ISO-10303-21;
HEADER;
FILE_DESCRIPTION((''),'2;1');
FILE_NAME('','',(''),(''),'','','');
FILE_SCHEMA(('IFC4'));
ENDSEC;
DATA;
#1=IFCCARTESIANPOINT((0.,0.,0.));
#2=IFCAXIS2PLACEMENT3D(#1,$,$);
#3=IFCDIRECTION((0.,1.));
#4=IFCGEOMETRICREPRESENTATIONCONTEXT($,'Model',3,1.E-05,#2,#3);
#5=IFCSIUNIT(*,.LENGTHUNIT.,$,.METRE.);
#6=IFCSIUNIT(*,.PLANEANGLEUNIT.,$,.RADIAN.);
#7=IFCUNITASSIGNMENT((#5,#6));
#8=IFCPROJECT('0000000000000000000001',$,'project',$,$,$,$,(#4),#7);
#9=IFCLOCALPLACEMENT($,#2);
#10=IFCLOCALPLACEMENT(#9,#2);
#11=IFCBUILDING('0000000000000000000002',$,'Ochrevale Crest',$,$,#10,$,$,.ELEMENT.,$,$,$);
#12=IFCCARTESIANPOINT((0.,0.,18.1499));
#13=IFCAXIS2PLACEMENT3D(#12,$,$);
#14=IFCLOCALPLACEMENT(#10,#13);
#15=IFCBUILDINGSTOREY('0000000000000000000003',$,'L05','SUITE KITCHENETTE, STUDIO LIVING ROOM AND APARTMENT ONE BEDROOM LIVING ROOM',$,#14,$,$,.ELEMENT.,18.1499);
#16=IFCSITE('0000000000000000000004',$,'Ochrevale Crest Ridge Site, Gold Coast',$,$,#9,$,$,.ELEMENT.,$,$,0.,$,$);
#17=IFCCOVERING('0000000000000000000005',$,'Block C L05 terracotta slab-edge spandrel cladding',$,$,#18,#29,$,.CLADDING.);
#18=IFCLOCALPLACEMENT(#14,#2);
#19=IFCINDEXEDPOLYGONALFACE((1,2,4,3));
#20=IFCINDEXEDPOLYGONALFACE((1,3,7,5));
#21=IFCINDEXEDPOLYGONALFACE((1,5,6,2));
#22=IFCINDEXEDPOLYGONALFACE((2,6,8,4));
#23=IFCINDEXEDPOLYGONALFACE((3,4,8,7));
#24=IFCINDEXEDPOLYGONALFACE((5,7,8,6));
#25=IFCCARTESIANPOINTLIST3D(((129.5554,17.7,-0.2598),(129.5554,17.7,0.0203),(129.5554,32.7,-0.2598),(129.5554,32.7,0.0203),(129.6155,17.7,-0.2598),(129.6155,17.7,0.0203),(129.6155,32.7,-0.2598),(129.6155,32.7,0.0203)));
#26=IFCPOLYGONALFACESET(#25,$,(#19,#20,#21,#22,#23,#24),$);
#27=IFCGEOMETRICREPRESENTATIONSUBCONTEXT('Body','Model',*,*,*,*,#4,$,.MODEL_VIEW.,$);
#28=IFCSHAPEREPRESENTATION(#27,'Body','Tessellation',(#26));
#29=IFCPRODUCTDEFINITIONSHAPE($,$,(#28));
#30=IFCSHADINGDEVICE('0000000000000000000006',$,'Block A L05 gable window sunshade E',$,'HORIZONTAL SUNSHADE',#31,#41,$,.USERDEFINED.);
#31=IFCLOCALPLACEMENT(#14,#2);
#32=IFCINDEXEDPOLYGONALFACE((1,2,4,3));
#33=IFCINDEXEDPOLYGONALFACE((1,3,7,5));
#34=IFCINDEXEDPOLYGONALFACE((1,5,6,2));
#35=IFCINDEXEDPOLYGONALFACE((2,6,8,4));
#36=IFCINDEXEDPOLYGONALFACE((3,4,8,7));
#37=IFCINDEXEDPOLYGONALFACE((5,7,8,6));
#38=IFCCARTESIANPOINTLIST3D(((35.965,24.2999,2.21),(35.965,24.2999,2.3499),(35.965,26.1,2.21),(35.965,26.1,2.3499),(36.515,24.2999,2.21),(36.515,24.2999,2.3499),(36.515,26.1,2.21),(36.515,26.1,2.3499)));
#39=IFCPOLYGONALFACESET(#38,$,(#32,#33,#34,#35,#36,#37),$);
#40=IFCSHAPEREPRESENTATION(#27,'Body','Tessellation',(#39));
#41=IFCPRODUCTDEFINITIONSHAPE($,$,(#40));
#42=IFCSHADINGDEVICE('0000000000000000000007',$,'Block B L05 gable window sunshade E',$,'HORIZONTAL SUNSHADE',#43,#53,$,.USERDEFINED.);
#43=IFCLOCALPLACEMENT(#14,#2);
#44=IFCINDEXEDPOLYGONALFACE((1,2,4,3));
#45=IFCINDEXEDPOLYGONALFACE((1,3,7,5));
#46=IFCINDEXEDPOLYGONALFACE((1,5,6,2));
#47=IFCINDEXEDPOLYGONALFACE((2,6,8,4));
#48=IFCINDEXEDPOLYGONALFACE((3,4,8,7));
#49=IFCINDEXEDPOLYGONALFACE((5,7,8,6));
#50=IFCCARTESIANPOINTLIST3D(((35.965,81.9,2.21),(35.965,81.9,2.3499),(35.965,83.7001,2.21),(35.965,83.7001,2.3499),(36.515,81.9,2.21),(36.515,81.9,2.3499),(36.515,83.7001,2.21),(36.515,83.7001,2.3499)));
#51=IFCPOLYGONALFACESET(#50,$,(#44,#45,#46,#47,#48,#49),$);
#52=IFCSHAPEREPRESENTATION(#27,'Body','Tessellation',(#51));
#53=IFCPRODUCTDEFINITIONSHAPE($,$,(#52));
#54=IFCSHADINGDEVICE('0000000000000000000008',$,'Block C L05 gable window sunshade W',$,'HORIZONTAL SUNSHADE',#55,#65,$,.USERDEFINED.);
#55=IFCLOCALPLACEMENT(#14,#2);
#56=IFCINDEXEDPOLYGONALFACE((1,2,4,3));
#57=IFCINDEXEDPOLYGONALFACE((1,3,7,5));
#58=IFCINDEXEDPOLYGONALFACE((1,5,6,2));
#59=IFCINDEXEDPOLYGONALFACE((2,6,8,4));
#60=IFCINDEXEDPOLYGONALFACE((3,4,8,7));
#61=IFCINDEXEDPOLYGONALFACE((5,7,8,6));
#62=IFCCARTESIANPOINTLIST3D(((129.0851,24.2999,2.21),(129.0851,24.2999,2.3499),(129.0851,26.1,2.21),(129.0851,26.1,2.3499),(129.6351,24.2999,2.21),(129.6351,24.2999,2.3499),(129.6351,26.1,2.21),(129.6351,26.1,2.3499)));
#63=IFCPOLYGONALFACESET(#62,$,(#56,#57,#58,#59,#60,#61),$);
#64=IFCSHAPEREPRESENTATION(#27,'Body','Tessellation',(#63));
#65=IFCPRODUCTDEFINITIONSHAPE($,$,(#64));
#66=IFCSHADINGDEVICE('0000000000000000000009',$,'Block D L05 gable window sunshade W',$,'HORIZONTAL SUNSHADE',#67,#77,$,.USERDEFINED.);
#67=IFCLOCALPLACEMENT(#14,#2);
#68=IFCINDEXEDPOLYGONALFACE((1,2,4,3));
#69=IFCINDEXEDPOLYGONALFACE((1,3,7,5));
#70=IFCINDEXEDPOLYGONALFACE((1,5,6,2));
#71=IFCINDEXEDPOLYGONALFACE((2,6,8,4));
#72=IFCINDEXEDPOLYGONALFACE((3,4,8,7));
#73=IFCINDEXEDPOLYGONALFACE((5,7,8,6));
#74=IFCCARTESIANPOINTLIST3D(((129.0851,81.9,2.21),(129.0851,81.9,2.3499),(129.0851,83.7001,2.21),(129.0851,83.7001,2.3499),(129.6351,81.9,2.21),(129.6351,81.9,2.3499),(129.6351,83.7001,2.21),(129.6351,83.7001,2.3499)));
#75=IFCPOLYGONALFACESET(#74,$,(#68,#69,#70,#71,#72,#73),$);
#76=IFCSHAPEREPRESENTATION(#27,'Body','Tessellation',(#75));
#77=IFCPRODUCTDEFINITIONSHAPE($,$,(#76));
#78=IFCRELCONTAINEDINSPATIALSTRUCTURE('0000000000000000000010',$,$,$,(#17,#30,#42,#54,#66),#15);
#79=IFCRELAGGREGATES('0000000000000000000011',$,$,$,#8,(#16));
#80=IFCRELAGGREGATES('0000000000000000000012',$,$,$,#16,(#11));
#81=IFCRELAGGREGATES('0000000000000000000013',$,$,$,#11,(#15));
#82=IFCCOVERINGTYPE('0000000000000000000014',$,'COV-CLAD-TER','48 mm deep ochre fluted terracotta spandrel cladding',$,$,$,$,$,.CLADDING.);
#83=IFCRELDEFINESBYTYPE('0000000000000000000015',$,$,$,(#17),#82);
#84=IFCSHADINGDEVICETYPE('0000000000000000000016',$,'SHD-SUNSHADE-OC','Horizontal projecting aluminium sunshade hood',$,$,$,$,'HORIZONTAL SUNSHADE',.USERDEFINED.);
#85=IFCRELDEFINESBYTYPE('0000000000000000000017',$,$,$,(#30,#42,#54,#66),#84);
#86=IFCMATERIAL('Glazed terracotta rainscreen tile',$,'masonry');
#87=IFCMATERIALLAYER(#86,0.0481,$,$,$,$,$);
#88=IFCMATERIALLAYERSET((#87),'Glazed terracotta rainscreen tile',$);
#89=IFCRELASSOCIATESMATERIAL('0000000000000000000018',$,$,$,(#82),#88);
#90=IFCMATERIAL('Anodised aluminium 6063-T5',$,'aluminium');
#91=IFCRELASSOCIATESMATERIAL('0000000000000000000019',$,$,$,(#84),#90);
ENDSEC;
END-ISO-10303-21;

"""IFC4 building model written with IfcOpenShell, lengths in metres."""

from ifc_helpers import new_model, si_unit, direction, frame, origin, origin_2d, place, context, subcontext, project, spatial, rectangle, extrude, material, layer, layer_set, type_object, element, save


model = new_model("IFC4")

# Units and contexts
model_context = context("Model", 3, precision=1e-05, world=origin(), true_north=direction((0.0, 1.0)))
body_context = subcontext(model_context, "Body", "Model", "MODEL_VIEW")
ifc_project = project(units=[si_unit("LENGTHUNIT", "METRE"), si_unit("PLANEANGLEUNIT", "RADIAN")], contexts=[model_context])

# Site, building, storey
site_placement = place(None, origin())
site = spatial("IfcSite", under=ifc_project, at=site_placement, Name="Ochrevale Crest Ridge Site, Gold Coast", CompositionType="ELEMENT", RefElevation=0.0)
building_placement = place(site_placement, origin())
building = spatial("IfcBuilding", under=site, at=building_placement, Name="Ochrevale Crest", CompositionType="ELEMENT")
storey_placement = place(building_placement, frame((0.0, 0.0, 18.1499)))
storey = spatial("IfcBuildingStorey", under=building, at=storey_placement, Name="L05", Description="SUITE KITCHENETTE, STUDIO LIVING ROOM AND APARTMENT ONE BEDROOM LIVING ROOM", CompositionType="ELEMENT", Elevation=18.1499)

# Shared definitions
ifc_material_1 = material(Name="Anodised aluminium 6063-T5", Category="aluminium")

# Covering
ifc_material_2 = material(Name="Glazed terracotta rainscreen tile", Category="masonry")
ifc_layer_1 = layer(ifc_material_2, 0.0481)
ifc_layer_set_1 = layer_set([ifc_layer_1], Name="Glazed terracotta rainscreen tile")
covering_type = type_object("IfcCoveringType", Name="COV-CLAD-TER", Description="48 mm deep ochre fluted terracotta spandrel cladding", PredefinedType="CLADDING", material=ifc_layer_set_1)
covering_1_placement = place(storey_placement, frame((129.5854, 25.2, -0.2598), z_axis=(0.0, 0.0, 1.0), x_axis=(0.0, -1.0, 0.0)))
element("IfcCovering", 1, at=covering_1_placement, inside=storey, type_object=covering_type, Name="Block C L05 terracotta slab-edge spandrel cladding", PredefinedType="CLADDING", context=body_context, shape_type="SweptSolid", body=[
    extrude(rectangle(XDim=15.0, YDim=0.0601, at=origin_2d()), origin(), (0.0, 0.0, 1.0), 0.28),
])

# Shading devices
shading_device_type = type_object("IfcShadingDeviceType", Name="SHD-SUNSHADE-OC", Description="Horizontal projecting aluminium sunshade hood", ElementType="HORIZONTAL SUNSHADE", PredefinedType="USERDEFINED", material=ifc_material_1)
for number, where, z_axis, x_axis, name in (
    (2, (36.24, 25.2, 2.21), (0.0, 0.0, 1.0), (1.0, 0.0, 0.0), "Block A L05 gable window sunshade E"),
    (3, (36.24, 82.8, 2.21), (0.0, 0.0, 1.0), (1.0, 0.0, 0.0), "Block B L05 gable window sunshade E"),
    (4, (129.3601, 25.2, 2.21), (0.0, 0.0, 1.0), (1.0, 0.0, 0.0), "Block C L05 gable window sunshade W"),
    (5, (129.3601, 82.8, 2.21), (0.0, 0.0, 1.0), (1.0, 0.0, 0.0), "Block D L05 gable window sunshade W"),
):
    element("IfcShadingDevice", number, at=place(storey_placement, frame(where, z_axis=z_axis, x_axis=x_axis)), inside=storey, type_object=shading_device_type, Name=name, ObjectType="HORIZONTAL SUNSHADE", PredefinedType="USERDEFINED", context=body_context, shape_type="SweptSolid", body=[
        extrude(rectangle(XDim=0.55, YDim=1.8, at=origin_2d()), origin(), (0.0, 0.0, 1.0), 0.1399),
    ])

save(model, "model.ifc")
